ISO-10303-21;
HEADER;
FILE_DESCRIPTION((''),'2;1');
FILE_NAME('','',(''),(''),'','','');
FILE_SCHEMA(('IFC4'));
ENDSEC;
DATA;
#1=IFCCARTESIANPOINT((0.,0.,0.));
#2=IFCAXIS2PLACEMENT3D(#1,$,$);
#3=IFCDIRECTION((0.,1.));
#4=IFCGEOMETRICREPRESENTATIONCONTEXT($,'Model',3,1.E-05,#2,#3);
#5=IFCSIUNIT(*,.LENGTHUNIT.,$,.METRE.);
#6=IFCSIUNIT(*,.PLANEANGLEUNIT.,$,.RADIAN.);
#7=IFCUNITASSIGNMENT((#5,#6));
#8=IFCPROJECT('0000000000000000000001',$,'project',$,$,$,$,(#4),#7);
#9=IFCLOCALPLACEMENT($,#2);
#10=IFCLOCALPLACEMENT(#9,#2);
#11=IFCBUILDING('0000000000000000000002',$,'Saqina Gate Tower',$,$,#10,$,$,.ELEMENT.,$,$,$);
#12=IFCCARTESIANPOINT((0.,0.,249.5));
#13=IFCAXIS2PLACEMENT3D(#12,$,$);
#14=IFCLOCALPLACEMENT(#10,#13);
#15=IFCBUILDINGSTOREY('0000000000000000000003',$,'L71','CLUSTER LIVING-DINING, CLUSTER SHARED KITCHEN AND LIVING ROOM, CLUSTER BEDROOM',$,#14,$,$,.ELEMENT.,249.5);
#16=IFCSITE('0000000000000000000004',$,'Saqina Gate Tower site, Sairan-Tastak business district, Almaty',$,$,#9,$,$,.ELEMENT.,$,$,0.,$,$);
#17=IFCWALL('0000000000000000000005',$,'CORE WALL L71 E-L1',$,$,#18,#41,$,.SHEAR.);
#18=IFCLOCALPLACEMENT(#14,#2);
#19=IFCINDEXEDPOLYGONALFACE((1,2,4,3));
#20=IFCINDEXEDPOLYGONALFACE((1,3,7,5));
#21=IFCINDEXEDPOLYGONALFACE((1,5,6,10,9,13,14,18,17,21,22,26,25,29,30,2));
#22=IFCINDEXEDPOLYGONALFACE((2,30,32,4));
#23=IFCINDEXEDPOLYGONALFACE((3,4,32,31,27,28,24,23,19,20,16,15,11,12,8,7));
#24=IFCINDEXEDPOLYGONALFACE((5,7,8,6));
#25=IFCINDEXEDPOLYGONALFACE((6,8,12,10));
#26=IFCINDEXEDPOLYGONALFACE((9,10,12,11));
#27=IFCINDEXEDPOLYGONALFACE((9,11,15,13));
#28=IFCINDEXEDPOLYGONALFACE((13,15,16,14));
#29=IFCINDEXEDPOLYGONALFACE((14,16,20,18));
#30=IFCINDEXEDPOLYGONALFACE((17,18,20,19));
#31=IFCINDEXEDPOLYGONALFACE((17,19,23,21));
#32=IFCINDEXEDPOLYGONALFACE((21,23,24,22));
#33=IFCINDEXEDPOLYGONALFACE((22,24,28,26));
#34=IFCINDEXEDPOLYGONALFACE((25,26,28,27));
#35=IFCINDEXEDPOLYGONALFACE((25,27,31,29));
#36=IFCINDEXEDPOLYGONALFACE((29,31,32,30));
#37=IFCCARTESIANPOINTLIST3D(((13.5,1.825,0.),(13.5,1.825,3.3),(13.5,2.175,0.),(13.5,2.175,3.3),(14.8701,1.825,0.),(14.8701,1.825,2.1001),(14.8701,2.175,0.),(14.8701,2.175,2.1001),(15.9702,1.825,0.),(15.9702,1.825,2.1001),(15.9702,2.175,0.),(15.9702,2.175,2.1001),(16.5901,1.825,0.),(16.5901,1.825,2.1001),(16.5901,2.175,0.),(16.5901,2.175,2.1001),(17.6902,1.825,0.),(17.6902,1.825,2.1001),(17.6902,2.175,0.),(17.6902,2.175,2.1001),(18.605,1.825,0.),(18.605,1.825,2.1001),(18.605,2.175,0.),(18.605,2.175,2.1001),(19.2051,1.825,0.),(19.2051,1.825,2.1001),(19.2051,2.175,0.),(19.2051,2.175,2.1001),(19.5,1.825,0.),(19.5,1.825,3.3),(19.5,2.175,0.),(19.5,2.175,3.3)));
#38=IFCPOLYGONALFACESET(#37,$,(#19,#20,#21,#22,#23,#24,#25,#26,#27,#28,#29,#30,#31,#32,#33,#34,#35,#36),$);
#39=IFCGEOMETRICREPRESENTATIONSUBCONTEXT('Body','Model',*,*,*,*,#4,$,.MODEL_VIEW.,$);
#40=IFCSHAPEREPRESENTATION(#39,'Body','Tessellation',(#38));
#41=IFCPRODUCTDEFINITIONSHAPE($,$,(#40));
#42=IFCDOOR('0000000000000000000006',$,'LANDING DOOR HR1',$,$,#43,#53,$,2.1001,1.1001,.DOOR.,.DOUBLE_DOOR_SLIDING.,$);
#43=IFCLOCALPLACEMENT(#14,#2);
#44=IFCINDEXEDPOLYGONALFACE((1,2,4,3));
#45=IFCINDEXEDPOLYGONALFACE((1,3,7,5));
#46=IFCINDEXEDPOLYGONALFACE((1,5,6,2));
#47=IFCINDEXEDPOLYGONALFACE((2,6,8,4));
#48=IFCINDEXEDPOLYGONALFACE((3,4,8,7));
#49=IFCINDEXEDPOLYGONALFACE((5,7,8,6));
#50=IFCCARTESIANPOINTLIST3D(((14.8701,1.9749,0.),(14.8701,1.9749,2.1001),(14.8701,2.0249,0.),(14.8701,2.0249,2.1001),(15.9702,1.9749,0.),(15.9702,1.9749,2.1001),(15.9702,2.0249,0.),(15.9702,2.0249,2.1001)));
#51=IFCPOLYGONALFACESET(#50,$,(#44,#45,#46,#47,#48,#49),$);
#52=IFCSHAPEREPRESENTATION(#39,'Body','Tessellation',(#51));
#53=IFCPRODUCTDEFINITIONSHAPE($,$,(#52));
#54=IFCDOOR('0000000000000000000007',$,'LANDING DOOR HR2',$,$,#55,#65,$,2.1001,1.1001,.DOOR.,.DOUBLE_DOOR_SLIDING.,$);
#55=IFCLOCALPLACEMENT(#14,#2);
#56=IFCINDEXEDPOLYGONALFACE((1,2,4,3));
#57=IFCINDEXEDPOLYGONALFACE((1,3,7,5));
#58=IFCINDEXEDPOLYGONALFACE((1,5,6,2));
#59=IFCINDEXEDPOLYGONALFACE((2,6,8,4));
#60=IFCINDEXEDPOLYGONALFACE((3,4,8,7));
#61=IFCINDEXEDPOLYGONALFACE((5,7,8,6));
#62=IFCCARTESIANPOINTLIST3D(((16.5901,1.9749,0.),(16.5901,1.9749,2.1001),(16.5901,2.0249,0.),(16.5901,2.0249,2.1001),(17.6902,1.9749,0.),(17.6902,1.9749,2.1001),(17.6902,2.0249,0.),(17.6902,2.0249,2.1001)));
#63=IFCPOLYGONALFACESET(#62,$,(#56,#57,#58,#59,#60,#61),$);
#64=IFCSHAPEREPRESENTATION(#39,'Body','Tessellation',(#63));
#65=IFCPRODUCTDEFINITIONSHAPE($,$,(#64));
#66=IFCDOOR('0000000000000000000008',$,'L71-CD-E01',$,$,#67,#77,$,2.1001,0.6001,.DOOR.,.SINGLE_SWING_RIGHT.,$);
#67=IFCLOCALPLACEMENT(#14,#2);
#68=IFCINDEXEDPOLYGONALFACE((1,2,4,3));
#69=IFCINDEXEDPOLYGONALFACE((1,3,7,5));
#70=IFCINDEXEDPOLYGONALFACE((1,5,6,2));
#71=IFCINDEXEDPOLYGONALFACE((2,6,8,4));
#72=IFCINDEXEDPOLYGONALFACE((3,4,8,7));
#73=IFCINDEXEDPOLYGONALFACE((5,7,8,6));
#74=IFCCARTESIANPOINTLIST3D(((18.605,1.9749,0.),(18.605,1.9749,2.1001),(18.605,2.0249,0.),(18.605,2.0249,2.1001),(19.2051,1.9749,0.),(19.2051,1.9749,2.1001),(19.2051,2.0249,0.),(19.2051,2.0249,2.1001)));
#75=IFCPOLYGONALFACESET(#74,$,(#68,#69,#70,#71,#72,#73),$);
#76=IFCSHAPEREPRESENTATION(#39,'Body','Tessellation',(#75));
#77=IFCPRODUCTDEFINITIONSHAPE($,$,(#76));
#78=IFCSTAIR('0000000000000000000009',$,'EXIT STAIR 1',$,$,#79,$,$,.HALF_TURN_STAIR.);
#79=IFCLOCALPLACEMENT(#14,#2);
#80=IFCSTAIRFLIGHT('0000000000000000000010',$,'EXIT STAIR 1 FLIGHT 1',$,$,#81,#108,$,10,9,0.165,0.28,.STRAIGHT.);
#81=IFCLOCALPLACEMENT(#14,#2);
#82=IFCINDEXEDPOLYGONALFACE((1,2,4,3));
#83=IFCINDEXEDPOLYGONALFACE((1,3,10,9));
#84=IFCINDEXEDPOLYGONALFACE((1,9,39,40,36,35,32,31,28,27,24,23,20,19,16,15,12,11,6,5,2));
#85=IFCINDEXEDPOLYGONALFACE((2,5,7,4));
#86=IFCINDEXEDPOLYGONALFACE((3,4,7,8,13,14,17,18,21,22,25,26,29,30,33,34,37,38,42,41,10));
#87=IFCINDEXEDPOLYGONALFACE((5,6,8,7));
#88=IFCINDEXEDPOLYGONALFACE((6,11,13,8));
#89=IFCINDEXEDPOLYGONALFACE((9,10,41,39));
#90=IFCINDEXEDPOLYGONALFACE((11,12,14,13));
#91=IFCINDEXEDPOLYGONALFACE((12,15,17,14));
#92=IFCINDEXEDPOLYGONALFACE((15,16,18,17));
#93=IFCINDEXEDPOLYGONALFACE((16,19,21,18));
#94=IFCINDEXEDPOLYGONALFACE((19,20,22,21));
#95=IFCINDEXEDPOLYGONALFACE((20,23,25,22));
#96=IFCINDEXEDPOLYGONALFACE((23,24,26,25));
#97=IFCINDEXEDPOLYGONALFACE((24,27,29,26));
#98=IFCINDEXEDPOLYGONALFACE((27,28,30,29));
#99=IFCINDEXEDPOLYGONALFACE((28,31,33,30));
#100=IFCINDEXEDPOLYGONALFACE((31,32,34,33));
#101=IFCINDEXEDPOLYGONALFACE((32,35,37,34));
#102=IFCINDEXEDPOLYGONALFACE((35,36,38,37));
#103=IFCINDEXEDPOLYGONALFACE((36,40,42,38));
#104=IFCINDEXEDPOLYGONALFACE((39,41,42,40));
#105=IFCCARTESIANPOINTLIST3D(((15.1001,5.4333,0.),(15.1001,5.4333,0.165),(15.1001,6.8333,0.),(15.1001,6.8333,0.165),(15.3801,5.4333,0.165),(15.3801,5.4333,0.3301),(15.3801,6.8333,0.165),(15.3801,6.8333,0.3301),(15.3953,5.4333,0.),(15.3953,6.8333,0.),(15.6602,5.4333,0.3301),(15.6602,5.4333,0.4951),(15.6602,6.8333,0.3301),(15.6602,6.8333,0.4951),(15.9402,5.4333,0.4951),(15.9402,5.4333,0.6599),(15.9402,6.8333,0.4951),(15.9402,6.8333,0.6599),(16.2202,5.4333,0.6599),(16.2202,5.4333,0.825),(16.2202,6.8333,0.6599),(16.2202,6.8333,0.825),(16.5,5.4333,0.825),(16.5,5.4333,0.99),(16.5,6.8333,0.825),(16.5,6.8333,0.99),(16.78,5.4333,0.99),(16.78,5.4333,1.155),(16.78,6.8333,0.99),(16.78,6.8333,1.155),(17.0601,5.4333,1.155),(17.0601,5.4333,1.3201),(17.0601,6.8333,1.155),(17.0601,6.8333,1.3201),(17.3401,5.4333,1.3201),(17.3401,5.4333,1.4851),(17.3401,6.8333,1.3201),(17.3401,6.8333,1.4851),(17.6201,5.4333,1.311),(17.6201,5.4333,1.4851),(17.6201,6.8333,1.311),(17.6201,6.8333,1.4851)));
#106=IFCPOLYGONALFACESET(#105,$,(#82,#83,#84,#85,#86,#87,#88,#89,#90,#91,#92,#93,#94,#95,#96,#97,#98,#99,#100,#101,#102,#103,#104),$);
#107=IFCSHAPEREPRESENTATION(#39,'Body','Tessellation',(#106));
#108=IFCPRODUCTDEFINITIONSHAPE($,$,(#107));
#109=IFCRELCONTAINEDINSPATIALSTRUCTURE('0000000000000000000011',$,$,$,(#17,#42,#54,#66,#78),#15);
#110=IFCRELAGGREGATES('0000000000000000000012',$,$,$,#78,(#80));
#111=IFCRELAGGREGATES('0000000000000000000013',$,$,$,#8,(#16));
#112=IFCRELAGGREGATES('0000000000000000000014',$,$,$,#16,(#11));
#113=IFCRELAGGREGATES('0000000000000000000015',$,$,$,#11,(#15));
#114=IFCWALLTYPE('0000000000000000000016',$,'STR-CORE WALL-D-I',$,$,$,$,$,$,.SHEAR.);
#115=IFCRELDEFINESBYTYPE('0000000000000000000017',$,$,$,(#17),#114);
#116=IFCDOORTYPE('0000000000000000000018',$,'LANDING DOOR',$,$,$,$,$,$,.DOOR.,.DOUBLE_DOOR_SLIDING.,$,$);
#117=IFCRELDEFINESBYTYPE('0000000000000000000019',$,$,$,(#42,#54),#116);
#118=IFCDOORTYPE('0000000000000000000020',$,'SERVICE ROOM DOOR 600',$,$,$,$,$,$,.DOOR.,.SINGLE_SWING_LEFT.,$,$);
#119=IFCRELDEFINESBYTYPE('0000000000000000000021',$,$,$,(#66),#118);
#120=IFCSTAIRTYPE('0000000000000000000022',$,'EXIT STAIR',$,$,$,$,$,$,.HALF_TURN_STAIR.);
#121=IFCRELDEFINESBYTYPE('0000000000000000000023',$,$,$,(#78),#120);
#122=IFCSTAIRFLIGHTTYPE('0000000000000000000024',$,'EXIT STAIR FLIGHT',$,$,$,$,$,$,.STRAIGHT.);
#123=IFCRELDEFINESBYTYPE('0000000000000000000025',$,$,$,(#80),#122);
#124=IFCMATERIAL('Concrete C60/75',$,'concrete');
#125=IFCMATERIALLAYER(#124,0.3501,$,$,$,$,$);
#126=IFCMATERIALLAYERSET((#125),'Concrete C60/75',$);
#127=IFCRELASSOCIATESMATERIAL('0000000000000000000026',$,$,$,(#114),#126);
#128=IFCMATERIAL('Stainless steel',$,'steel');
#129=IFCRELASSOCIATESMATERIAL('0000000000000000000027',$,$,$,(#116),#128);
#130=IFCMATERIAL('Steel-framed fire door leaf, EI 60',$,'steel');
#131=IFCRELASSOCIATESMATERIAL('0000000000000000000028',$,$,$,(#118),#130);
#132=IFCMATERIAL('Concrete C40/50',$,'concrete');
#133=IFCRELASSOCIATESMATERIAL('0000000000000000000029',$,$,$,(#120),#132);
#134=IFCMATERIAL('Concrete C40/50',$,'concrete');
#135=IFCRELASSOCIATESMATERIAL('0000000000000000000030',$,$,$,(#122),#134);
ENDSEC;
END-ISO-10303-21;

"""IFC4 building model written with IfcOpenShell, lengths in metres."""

from ifc_helpers import new_model, si_unit, direction, frame, frame_2d, origin, place, context, subcontext, project, spatial, polyline, rectangle, outline, extrude, material, layer, layer_set, type_object, element, fill, aggregate, save


model = new_model("IFC4")

# Units and contexts
model_context = context("Model", 3, precision=1e-05, world=origin(), true_north=direction((0.0, 1.0)))
body_context = subcontext(model_context, "Body", "Model", "MODEL_VIEW")
ifc_project = project(units=[si_unit("LENGTHUNIT", "METRE"), si_unit("PLANEANGLEUNIT", "RADIAN")], contexts=[model_context])

# Site, building, storey
site_placement = place(None, origin())
site = spatial("IfcSite", under=ifc_project, at=site_placement, Name="Saqina Gate Tower site, Sairan-Tastak business district, Almaty", CompositionType="ELEMENT", RefElevation=0.0)
building_placement = place(site_placement, origin())
building = spatial("IfcBuilding", under=site, at=building_placement, Name="Saqina Gate Tower", CompositionType="ELEMENT")
storey_placement = place(building_placement, frame((0.0, 0.0, 249.5)))
storey = spatial("IfcBuildingStorey", under=building, at=storey_placement, Name="L71", Description="CLUSTER LIVING-DINING, CLUSTER SHARED KITCHEN AND LIVING ROOM, CLUSTER BEDROOM", CompositionType="ELEMENT", Elevation=249.5)

# Shared definitions
ifc_material_1 = material(Name="Concrete C60/75", Category="concrete")
ifc_layer_1 = layer(ifc_material_1, 0.3501)
ifc_layer_set_1 = layer_set([ifc_layer_1], Name="Concrete C60/75")
wall_type_1 = type_object("IfcWallType", Name="STR-CORE WALL-D-I", PredefinedType="SHEAR", material=ifc_layer_set_1)

# Wall, openings, doors
wall_1_placement = place(storey_placement, frame((13.5, 2.0, 0.0), z_axis=(0.0, 0.0, 1.0), x_axis=(1.0, 0.0, 0.0)))
wall_1 = element("IfcWall", 1, at=wall_1_placement, inside=storey, type_object=wall_type_1, Name="CORE WALL L71 E-L1", PredefinedType="SHEAR", context=body_context, shape_type="SweptSolid", body=[
    extrude(rectangle(XDim=6.0, YDim=0.3501, at=frame_2d((3.0, 0.0))), origin(), (0.0, 0.0, 1.0), 3.3),
])
opening_1_placement = place(wall_1_placement, frame((1.3701, 0.0, 0.0)))
opening_1 = element("IfcOpeningElement", 2, at=opening_1_placement, cuts=wall_1, PredefinedType="OPENING", context=body_context, shape_type="SweptSolid", body=[
    extrude(rectangle(XDim=1.1001, YDim=2.1001, at=frame_2d((0.55, 1.05))), frame((0.0, 0.187, 0.0), z_axis=(0.0, -1.0, 0.0), x_axis=(1.0, 0.0, 0.0)), (0.0, 0.0, 1.0), 0.374),
])
opening_2_placement = place(wall_1_placement, frame((3.0901, 0.0, 0.0)))
opening_2 = element("IfcOpeningElement", 3, at=opening_2_placement, cuts=wall_1, PredefinedType="OPENING", context=body_context, shape_type="SweptSolid", body=[
    extrude(rectangle(XDim=1.1001, YDim=2.1001, at=frame_2d((0.55, 1.05))), frame((0.0, 0.187, 0.0), z_axis=(0.0, -1.0, 0.0), x_axis=(1.0, 0.0, 0.0)), (0.0, 0.0, 1.0), 0.374),
])
opening_3_placement = place(wall_1_placement, frame((5.105, 0.0, 0.0)))
opening_3 = element("IfcOpeningElement", 4, at=opening_3_placement, cuts=wall_1, PredefinedType="OPENING", context=body_context, shape_type="SweptSolid", body=[
    extrude(rectangle(XDim=0.6001, YDim=2.1001, at=frame_2d((0.3, 1.05))), frame((0.0, 0.187, 0.0), z_axis=(0.0, -1.0, 0.0), x_axis=(1.0, 0.0, 0.0)), (0.0, 0.0, 1.0), 0.374),
])
ifc_material_2 = material(Name="Stainless steel", Category="steel")
door_type_1 = type_object("IfcDoorType", Name="LANDING DOOR", OperationType="DOUBLE_DOOR_SLIDING", PredefinedType="DOOR", material=ifc_material_2)
door_1_placement = place(opening_1_placement, origin())
door_1 = element("IfcDoor", 5, at=door_1_placement, inside=storey, type_object=door_type_1, Name="LANDING DOOR HR1", OperationType="DOUBLE_DOOR_SLIDING", OverallHeight=2.1001, OverallWidth=1.1001, PredefinedType="DOOR", context=body_context, shape_type="SweptSolid", body=[
    extrude(rectangle(XDim=1.1001, YDim=2.1001, at=frame_2d((0.55, 1.05))), frame((0.0, 0.0249, 0.0), z_axis=(0.0, -1.0, 0.0), x_axis=(1.0, 0.0, 0.0)), (0.0, 0.0, 1.0), 0.05),
])
fill(opening_1, door_1)
door_2_placement = place(opening_2_placement, origin())
door_2 = element("IfcDoor", 6, at=door_2_placement, inside=storey, type_object=door_type_1, Name="LANDING DOOR HR2", OperationType="DOUBLE_DOOR_SLIDING", OverallHeight=2.1001, OverallWidth=1.1001, PredefinedType="DOOR", context=body_context, shape_type="SweptSolid", body=[
    extrude(rectangle(XDim=1.1001, YDim=2.1001, at=frame_2d((0.55, 1.05))), frame((0.0, 0.0249, 0.0), z_axis=(0.0, -1.0, 0.0), x_axis=(1.0, 0.0, 0.0)), (0.0, 0.0, 1.0), 0.05),
])
fill(opening_2, door_2)
ifc_material_3 = material(Name="Steel-framed fire door leaf, EI 60", Category="steel")
door_type_2 = type_object("IfcDoorType", Name="SERVICE ROOM DOOR 600", OperationType="SINGLE_SWING_LEFT", PredefinedType="DOOR", material=ifc_material_3)
door_3_placement = place(opening_3_placement, origin())
door_3 = element("IfcDoor", 7, at=door_3_placement, inside=storey, type_object=door_type_2, Name="L71-CD-E01", OperationType="SINGLE_SWING_RIGHT", OverallHeight=2.1001, OverallWidth=0.6001, PredefinedType="DOOR", context=body_context, shape_type="SweptSolid", body=[
    extrude(rectangle(XDim=0.6001, YDim=2.1001, at=frame_2d((0.3, 1.05))), frame((0.0, 0.0249, 0.0), z_axis=(0.0, -1.0, 0.0), x_axis=(1.0, 0.0, 0.0)), (0.0, 0.0, 1.0), 0.05),
])
fill(opening_3, door_3)

# Stair, stair flight
ifc_material_4 = material(Name="Concrete C40/50", Category="concrete")
stair_type = type_object("IfcStairType", Name="EXIT STAIR", PredefinedType="HALF_TURN_STAIR", material=ifc_material_4)
stair_placement = place(storey_placement, origin())
stair = element("IfcStair", 8, at=stair_placement, inside=storey, type_object=stair_type, Name="EXIT STAIR 1", PredefinedType="HALF_TURN_STAIR")
ifc_material_5 = material(Name="Concrete C40/50", Category="concrete")
stair_flight_type = type_object("IfcStairFlightType", Name="EXIT STAIR FLIGHT", PredefinedType="STRAIGHT", material=ifc_material_5)
stair_flight_placement = place(storey_placement, frame((15.1001, 6.1333, 0.0), z_axis=(0.0, 0.0, 1.0), x_axis=(1.0, 0.0, 0.0)))
stair_flight = element("IfcStairFlight", 9, at=stair_flight_placement, type_object=stair_flight_type, Name="EXIT STAIR 1 FLIGHT 1", NumberOfRisers=10, NumberOfTreads=9, PredefinedType="STRAIGHT", RiserHeight=0.165, TreadLength=0.28, context=body_context, shape_type="SweptSolid", body=[
    extrude(outline(polyline([(0.0, 0.0), (0.0, 0.165), (0.28, 0.165), (0.28, 0.3301), (0.5601, 0.3301), (0.5601, 0.4951), (0.8401, 0.4951), (0.8401, 0.6599), (1.1201, 0.6599), (1.1201, 0.825), (1.3999, 0.825), (1.3999, 0.99), (1.6799, 0.99), (1.6799, 1.155), (1.96, 1.155), (1.96, 1.3201), (2.24, 1.3201), (2.24, 1.4851), (2.52, 1.4851), (2.52, 1.6499), (2.52, 1.311), (0.2952, 0.0), (0.0, 0.0)])), frame((0.0, 0.7, 0.0), z_axis=(0.0, -1.0, 0.0), x_axis=(1.0, 0.0, 0.0)), (0.0, 0.0, 1.0), 1.3999),
])
aggregate(stair, [stair_flight])

save(model, "model.ifc")
